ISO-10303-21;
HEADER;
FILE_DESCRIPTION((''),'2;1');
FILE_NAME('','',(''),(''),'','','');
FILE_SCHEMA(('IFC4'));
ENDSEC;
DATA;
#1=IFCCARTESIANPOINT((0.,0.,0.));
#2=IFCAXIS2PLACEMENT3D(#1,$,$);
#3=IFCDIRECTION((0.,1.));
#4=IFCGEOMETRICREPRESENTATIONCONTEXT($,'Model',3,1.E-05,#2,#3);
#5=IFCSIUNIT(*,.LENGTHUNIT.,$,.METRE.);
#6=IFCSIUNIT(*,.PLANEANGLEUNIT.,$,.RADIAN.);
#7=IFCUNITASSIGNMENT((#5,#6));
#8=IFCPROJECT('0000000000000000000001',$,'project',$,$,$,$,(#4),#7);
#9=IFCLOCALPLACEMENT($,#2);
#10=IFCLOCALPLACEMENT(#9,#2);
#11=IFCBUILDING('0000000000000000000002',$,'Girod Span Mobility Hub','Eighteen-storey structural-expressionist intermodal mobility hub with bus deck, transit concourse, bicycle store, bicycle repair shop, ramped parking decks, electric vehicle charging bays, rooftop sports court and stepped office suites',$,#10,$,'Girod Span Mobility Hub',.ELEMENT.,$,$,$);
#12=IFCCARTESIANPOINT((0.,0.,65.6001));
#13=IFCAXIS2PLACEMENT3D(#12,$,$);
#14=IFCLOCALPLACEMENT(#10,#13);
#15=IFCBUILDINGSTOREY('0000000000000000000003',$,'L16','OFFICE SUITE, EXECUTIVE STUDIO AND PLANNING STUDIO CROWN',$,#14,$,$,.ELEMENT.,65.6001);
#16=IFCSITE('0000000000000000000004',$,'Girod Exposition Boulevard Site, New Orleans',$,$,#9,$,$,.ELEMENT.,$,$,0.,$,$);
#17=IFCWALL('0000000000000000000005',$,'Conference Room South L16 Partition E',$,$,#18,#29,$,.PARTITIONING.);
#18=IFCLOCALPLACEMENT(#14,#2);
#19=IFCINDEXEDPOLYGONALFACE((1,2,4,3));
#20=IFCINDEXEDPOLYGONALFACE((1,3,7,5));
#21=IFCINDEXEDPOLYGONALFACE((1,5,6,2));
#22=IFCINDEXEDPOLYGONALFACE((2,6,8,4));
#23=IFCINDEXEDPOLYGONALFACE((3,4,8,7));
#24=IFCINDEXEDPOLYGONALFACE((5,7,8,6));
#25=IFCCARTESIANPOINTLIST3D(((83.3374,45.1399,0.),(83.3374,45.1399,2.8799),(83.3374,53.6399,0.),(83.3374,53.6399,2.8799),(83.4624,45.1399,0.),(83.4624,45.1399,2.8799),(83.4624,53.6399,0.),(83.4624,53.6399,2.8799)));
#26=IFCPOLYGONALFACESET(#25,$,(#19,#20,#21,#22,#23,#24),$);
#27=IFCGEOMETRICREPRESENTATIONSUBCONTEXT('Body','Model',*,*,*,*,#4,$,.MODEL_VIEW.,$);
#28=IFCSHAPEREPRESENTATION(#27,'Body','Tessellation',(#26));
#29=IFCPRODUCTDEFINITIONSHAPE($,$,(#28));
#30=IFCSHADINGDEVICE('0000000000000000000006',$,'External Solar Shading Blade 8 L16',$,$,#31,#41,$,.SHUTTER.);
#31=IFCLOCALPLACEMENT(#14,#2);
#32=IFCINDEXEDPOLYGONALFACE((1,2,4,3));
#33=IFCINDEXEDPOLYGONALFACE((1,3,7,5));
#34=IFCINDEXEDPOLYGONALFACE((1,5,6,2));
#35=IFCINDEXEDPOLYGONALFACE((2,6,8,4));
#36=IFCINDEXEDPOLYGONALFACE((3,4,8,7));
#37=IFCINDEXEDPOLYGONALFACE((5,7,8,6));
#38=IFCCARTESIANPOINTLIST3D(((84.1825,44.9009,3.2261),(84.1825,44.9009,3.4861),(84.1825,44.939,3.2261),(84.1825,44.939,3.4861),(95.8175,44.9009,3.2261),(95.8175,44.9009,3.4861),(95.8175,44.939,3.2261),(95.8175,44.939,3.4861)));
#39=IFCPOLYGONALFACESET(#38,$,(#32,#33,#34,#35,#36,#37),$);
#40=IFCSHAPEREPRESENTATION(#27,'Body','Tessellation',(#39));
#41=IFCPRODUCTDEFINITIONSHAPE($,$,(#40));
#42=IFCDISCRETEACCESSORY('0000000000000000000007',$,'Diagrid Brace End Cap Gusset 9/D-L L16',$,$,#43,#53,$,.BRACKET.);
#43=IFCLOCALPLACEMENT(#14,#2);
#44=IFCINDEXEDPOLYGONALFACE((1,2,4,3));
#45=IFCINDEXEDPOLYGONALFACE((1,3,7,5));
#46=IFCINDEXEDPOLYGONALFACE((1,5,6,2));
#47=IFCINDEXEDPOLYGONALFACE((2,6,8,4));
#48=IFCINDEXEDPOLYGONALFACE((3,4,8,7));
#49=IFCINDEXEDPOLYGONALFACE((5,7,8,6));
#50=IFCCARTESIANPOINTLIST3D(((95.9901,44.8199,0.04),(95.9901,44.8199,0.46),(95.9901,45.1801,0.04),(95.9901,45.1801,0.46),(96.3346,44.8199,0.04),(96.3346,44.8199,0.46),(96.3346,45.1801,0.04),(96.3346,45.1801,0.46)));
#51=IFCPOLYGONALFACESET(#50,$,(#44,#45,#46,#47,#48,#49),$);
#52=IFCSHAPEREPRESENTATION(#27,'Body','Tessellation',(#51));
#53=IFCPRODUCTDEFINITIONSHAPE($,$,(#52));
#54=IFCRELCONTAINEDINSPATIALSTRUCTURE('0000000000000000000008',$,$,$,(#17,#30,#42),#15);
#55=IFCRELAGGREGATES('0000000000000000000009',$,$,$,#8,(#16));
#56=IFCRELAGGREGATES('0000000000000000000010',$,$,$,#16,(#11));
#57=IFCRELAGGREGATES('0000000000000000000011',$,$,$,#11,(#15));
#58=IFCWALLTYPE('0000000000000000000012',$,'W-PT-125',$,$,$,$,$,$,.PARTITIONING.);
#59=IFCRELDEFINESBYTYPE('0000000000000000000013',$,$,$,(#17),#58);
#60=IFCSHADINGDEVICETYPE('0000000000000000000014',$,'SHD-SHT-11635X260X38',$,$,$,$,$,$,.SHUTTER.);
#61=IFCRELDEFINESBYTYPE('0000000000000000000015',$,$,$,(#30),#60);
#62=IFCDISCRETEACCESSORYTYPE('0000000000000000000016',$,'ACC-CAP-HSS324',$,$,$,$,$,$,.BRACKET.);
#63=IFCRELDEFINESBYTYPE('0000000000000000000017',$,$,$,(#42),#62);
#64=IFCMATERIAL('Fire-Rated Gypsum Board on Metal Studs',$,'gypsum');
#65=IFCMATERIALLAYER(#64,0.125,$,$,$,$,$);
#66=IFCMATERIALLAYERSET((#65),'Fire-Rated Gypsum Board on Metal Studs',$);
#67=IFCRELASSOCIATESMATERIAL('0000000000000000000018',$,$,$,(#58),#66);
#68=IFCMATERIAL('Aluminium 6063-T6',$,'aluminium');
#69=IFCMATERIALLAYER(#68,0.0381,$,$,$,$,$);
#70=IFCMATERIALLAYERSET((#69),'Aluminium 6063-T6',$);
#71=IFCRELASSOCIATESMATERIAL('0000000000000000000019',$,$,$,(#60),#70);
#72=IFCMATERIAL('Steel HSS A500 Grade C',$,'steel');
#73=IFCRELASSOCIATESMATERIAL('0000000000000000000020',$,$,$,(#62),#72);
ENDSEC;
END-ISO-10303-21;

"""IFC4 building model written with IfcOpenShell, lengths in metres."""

from ifc_helpers import new_model, si_unit, direction, frame, frame_2d, origin, origin_2d, place, context, subcontext, project, spatial, rectangle, extrude, material, layer, layer_set, type_object, element, save


model = new_model("IFC4")

# Units and contexts
model_context = context("Model", 3, precision=1e-05, world=origin(), true_north=direction((0.0, 1.0)))
body_context = subcontext(model_context, "Body", "Model", "MODEL_VIEW")
ifc_project = project(units=[si_unit("LENGTHUNIT", "METRE"), si_unit("PLANEANGLEUNIT", "RADIAN")], contexts=[model_context])

# Site, building, storey
site_placement = place(None, origin())
site = spatial("IfcSite", under=ifc_project, at=site_placement, Name="Girod Exposition Boulevard Site, New Orleans", CompositionType="ELEMENT", RefElevation=0.0)
building_placement = place(site_placement, origin())
building = spatial("IfcBuilding", under=site, at=building_placement, Name="Girod Span Mobility Hub", Description="Eighteen-storey structural-expressionist intermodal mobility hub with bus deck, transit concourse, bicycle store, bicycle repair shop, ramped parking decks, electric vehicle charging bays, rooftop sports court and stepped office suites", LongName="Girod Span Mobility Hub", CompositionType="ELEMENT")
storey_placement = place(building_placement, frame((0.0, 0.0, 65.6001)))
storey = spatial("IfcBuildingStorey", under=building, at=storey_placement, Name="L16", Description="OFFICE SUITE, EXECUTIVE STUDIO AND PLANNING STUDIO CROWN", CompositionType="ELEMENT", Elevation=65.6001)

# Wall
ifc_material_1 = material(Name="Fire-Rated Gypsum Board on Metal Studs", Category="gypsum")
ifc_layer_1 = layer(ifc_material_1, 0.125)
ifc_layer_set_1 = layer_set([ifc_layer_1], Name="Fire-Rated Gypsum Board on Metal Studs")
wall_type_1 = type_object("IfcWallType", Name="W-PT-125", PredefinedType="PARTITIONING", material=ifc_layer_set_1)
wall_1_placement = place(storey_placement, frame((83.3999, 45.1399, 0.0), z_axis=(0.0, 0.0, 1.0), x_axis=(0.0, 1.0, 0.0)))
element("IfcWall", 1, at=wall_1_placement, inside=storey, type_object=wall_type_1, Name="Conference Room South L16 Partition E", PredefinedType="PARTITIONING", context=body_context, shape_type="SweptSolid", body=[
    extrude(rectangle(XDim=8.5, YDim=0.125, at=frame_2d((4.25, 0.0))), origin(), (0.0, 0.0, 1.0), 2.8799),
])

# Shading device
ifc_material_2 = material(Name="Aluminium 6063-T6", Category="aluminium")
ifc_layer_2 = layer(ifc_material_2, 0.0381)
ifc_layer_set_2 = layer_set([ifc_layer_2], Name="Aluminium 6063-T6")
shading_device_type = type_object("IfcShadingDeviceType", Name="SHD-SHT-11635X260X38", PredefinedType="SHUTTER", material=ifc_layer_set_2)
shading_device_placement = place(storey_placement, frame((90.0, 44.9199, 3.2261), z_axis=(0.0, 0.0, 1.0), x_axis=(1.0, 0.0, 0.0)))
element("IfcShadingDevice", 2, at=shading_device_placement, inside=storey, type_object=shading_device_type, Name="External Solar Shading Blade 8 L16", PredefinedType="SHUTTER", context=body_context, shape_type="SweptSolid", body=[
    extrude(rectangle(XDim=11.635, YDim=0.0381, at=origin_2d()), origin(), (0.0, 0.0, 1.0), 0.26),
])

# Discrete accessory
ifc_material_3 = material(Name="Steel HSS A500 Grade C", Category="steel")
discrete_accessory_type = type_object("IfcDiscreteAccessoryType", Name="ACC-CAP-HSS324", PredefinedType="BRACKET", material=ifc_material_3)
discrete_accessory_placement = place(storey_placement, frame((96.1624, 45.0, 0.04), z_axis=(0.0, 0.0, 1.0), x_axis=(1.0, 0.0, 0.0)))
element("IfcDiscreteAccessory", 3, at=discrete_accessory_placement, inside=storey, type_object=discrete_accessory_type, Name="Diagrid Brace End Cap Gusset 9/D-L L16", PredefinedType="BRACKET", context=body_context, shape_type="SweptSolid", body=[
    extrude(rectangle(XDim=0.3445, YDim=0.3601, at=origin_2d()), origin(), (0.0, 0.0, 1.0), 0.4199),
])

save(model, "model.ifc")
